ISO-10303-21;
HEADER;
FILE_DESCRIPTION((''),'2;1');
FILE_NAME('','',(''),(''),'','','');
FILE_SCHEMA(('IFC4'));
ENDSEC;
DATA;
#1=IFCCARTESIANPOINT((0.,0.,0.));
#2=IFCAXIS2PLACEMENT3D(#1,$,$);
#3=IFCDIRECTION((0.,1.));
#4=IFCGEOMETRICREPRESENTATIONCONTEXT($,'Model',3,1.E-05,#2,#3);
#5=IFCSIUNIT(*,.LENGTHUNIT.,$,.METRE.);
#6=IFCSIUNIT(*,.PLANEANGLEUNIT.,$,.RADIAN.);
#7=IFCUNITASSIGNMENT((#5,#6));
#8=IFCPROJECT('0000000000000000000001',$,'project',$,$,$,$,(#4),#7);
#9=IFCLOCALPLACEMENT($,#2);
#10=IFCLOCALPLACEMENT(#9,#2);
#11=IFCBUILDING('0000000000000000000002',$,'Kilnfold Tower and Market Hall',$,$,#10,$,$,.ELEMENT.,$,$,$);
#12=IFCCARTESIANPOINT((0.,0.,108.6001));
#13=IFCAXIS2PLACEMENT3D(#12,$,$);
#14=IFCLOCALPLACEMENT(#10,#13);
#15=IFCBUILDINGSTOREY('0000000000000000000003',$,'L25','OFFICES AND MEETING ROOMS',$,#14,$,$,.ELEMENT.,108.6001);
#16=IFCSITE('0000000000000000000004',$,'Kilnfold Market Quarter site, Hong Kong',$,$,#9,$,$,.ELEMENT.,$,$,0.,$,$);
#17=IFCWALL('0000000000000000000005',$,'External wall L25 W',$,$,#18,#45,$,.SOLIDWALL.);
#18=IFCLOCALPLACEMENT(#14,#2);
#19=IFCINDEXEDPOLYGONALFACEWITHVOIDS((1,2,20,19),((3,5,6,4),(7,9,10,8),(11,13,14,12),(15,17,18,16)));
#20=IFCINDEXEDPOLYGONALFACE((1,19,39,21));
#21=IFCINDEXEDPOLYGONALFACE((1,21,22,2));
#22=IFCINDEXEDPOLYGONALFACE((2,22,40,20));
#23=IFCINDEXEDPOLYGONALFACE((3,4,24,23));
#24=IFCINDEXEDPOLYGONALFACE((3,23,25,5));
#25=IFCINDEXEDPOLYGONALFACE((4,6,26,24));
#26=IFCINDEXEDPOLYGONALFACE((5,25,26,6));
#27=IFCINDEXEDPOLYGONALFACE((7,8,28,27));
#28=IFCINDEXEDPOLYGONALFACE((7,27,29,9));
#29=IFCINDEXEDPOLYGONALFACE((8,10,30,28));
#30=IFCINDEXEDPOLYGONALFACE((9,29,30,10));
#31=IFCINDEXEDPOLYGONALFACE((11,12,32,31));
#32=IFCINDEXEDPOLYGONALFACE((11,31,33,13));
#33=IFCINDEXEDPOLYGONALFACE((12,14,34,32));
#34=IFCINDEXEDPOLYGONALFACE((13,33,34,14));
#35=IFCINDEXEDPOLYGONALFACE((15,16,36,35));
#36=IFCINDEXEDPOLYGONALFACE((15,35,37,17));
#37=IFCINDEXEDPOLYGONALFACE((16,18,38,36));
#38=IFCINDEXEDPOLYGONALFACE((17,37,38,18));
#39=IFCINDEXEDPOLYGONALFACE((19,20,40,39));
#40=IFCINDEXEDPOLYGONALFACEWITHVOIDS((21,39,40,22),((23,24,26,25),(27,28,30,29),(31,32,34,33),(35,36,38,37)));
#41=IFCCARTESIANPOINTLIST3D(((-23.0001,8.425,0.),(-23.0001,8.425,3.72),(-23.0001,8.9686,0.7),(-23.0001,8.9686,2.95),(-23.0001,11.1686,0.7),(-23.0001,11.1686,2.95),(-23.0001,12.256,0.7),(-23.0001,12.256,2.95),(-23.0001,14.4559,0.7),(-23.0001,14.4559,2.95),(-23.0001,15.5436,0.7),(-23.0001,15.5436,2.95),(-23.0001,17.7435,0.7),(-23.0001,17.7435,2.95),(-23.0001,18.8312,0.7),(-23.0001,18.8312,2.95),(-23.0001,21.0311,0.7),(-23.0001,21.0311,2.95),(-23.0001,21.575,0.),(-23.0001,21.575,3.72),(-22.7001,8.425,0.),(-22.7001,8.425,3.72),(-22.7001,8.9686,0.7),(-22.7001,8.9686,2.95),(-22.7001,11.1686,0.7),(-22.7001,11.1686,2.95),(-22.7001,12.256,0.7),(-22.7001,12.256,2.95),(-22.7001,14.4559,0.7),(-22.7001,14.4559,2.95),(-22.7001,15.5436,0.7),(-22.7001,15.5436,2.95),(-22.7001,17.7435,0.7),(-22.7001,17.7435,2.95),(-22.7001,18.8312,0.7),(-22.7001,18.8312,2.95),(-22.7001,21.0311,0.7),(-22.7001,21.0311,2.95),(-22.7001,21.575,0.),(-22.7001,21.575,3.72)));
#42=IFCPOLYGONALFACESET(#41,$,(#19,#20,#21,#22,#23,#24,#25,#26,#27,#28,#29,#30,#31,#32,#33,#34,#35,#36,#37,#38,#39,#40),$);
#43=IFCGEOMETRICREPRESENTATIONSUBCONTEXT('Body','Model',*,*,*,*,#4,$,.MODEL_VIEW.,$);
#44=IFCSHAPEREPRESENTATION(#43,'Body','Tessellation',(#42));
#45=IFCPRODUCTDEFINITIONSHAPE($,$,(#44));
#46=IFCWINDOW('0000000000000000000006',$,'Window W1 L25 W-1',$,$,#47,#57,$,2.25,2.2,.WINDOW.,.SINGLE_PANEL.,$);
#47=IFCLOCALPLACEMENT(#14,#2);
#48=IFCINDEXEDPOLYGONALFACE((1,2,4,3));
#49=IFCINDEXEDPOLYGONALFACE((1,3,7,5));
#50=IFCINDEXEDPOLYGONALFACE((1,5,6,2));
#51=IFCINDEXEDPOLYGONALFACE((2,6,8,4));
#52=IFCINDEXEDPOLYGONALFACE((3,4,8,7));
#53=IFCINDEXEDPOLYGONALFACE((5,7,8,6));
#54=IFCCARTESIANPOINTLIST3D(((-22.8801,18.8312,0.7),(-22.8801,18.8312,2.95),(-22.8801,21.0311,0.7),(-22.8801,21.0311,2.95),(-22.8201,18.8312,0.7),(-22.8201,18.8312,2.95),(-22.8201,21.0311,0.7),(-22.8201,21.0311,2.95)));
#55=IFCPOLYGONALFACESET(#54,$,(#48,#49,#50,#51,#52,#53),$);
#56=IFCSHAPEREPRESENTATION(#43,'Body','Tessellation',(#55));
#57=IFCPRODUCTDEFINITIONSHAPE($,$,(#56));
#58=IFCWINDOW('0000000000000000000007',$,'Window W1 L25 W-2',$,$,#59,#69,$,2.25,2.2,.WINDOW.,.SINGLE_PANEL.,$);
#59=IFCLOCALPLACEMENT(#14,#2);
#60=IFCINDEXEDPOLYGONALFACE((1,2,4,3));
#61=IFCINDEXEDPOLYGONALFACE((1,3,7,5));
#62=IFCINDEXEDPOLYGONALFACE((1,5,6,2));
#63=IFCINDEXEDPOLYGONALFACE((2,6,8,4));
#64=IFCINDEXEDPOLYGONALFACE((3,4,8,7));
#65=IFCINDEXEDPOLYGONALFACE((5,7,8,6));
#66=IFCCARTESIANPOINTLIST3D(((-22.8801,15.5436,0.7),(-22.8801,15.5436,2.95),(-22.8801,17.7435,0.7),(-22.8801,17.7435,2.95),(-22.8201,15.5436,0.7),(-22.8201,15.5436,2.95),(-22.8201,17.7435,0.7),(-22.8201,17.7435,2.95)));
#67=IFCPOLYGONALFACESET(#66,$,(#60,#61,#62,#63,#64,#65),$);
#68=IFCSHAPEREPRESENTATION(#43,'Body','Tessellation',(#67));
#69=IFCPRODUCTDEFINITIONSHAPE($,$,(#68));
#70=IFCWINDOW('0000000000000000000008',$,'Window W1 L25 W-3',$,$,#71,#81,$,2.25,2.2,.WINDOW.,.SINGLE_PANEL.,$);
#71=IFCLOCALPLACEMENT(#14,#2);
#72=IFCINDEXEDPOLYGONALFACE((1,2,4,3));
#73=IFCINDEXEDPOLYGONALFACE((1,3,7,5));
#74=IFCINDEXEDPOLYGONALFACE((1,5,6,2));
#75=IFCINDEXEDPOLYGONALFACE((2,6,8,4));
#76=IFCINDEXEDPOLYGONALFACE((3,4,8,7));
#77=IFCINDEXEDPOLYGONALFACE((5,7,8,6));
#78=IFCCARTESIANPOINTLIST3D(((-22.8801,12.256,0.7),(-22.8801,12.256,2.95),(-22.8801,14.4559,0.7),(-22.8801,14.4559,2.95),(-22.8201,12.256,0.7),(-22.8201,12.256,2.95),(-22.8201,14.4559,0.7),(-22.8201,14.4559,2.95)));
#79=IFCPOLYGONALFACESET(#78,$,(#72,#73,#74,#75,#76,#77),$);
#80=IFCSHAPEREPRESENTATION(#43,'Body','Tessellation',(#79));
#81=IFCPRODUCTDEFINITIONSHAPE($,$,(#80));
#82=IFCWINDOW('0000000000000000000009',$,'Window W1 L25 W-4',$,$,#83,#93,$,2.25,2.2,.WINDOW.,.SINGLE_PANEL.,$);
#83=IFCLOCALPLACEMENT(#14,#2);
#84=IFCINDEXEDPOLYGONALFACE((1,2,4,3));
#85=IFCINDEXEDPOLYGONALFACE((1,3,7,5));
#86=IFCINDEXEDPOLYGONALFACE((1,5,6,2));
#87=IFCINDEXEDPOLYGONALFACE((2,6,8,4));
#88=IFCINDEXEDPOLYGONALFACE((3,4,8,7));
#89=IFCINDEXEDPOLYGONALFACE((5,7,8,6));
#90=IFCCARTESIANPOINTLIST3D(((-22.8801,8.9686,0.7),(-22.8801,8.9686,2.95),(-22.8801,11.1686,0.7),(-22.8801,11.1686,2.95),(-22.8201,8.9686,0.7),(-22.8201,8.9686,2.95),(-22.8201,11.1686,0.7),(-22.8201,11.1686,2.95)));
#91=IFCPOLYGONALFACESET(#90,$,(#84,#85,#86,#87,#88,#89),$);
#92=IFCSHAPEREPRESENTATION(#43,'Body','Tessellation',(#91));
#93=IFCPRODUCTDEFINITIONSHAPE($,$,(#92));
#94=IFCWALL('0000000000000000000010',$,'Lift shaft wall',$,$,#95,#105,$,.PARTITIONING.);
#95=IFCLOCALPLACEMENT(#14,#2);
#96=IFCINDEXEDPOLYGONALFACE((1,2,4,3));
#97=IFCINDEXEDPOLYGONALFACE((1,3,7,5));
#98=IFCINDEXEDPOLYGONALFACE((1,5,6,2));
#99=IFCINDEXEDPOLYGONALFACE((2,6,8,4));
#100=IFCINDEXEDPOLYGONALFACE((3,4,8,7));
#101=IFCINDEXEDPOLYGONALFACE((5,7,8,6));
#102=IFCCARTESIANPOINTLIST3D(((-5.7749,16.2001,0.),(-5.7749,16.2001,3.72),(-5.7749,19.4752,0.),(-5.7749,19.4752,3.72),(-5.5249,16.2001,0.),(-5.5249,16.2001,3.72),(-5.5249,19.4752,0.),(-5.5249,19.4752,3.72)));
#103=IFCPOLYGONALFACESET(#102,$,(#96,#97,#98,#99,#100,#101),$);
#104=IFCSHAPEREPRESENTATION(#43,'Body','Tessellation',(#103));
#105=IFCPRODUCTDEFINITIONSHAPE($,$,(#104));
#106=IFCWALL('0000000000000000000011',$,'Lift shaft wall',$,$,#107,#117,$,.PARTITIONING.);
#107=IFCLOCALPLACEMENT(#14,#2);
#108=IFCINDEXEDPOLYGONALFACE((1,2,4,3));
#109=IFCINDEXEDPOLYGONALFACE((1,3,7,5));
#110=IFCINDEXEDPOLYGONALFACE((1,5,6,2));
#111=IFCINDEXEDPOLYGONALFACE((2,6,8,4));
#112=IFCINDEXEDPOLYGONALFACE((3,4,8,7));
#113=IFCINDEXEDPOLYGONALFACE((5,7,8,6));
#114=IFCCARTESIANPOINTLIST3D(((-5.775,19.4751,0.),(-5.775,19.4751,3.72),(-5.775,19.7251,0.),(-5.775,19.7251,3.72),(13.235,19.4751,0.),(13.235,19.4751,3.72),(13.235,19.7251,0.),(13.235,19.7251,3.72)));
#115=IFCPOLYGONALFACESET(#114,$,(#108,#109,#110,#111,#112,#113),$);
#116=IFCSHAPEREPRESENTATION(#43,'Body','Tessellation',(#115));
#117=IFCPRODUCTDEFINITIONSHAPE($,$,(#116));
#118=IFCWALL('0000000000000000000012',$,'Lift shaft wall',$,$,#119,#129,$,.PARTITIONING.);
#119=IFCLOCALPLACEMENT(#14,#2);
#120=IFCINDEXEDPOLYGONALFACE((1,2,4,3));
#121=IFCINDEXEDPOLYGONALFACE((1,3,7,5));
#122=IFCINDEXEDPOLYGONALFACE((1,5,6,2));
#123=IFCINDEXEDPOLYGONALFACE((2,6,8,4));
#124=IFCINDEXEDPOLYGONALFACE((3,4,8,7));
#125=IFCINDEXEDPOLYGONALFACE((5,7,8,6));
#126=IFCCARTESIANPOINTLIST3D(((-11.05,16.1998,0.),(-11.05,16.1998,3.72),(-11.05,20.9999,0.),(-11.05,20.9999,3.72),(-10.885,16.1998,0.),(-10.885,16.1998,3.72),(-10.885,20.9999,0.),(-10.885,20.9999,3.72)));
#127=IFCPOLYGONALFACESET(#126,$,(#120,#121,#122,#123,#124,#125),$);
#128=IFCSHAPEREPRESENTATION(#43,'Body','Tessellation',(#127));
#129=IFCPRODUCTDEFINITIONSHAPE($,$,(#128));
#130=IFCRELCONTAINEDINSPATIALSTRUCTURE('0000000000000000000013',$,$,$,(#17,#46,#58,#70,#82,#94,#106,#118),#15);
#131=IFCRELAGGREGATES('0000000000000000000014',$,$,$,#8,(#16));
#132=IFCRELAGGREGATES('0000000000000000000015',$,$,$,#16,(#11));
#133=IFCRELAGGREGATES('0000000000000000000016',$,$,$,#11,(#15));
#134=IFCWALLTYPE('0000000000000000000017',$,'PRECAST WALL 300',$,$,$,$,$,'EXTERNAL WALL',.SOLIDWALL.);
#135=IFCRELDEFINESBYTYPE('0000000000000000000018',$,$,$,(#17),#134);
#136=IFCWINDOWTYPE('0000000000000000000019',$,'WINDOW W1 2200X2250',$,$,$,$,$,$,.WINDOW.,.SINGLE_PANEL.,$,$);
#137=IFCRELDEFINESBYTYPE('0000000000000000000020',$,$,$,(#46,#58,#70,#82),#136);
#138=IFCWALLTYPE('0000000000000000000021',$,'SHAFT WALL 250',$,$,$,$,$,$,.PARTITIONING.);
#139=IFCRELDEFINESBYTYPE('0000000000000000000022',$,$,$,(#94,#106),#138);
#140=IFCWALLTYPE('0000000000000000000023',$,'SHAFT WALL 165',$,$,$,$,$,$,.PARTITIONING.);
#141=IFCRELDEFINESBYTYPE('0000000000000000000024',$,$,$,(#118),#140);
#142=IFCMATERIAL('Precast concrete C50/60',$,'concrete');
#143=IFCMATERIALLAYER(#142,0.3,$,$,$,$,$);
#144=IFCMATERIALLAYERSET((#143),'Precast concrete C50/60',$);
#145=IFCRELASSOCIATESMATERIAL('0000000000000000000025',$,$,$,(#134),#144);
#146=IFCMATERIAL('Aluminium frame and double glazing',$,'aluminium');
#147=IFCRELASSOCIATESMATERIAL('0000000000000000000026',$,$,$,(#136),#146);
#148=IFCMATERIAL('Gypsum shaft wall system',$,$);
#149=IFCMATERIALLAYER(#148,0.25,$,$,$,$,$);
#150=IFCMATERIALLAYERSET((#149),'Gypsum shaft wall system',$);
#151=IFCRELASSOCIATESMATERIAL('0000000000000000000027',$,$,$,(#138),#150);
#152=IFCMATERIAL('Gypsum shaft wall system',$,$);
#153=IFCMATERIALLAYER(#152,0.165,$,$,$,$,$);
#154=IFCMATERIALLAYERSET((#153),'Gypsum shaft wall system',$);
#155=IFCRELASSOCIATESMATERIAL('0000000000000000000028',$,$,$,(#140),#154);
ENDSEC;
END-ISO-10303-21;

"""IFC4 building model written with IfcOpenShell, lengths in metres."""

from ifc_helpers import new_model, si_unit, direction, frame, frame_2d, origin, place, context, subcontext, project, spatial, rectangle, extrude, source, transform, mapped, material, layer, layer_set, type_object, element, fill, save


model = new_model("IFC4")

# Units and contexts
model_context = context("Model", 3, precision=1e-05, world=origin(), true_north=direction((0.0, 1.0)))
body_context = subcontext(model_context, "Body", "Model", "MODEL_VIEW")
ifc_project = project(units=[si_unit("LENGTHUNIT", "METRE"), si_unit("PLANEANGLEUNIT", "RADIAN")], contexts=[model_context])

# Site, building, storey
site_placement = place(None, origin())
site = spatial("IfcSite", under=ifc_project, at=site_placement, Name="Kilnfold Market Quarter site, Hong Kong", CompositionType="ELEMENT", RefElevation=0.0)
building_placement = place(site_placement, origin())
building = spatial("IfcBuilding", under=site, at=building_placement, Name="Kilnfold Tower and Market Hall", CompositionType="ELEMENT")
storey_placement = place(building_placement, frame((0.0, 0.0, 108.6001)))
storey = spatial("IfcBuildingStorey", under=building, at=storey_placement, Name="L25", Description="OFFICES AND MEETING ROOMS", CompositionType="ELEMENT", Elevation=108.6001)

# Wall, openings, windows
ifc_material_1 = material(Name="Precast concrete C50/60", Category="concrete")
ifc_layer_1 = layer(ifc_material_1, 0.3)
ifc_layer_set_1 = layer_set([ifc_layer_1], Name="Precast concrete C50/60")
wall_type_1 = type_object("IfcWallType", Name="PRECAST WALL 300", ElementType="EXTERNAL WALL", PredefinedType="SOLIDWALL", material=ifc_layer_set_1)
shared_shape_1 = source(origin(), body_context, "Body", "SweptSolid", [
    extrude(rectangle(XDim=13.1499, YDim=0.3, at=frame_2d((6.575, 0.0))), origin(), (0.0, 0.0, 1.0), 3.72),
])
wall_1_placement = place(storey_placement, frame((-22.8501, 21.575, 0.0), z_axis=(0.0, 0.0, 1.0), x_axis=(0.0, -1.0, 0.0)))
wall_1 = element("IfcWall", 1, at=wall_1_placement, inside=storey, type_object=wall_type_1, Name="External wall L25 W", PredefinedType="SOLIDWALL", context=body_context, shape_type="MappedRepresentation", body=[
    mapped(shared_shape_1, transform((0.0, 0.0, 0.0))),
])
opening_1_placement = place(wall_1_placement, frame((0.5437, 0.0, 0.7)))
opening_1 = element("IfcOpeningElement", 2, at=opening_1_placement, cuts=wall_1, PredefinedType="OPENING", context=body_context, shape_type="SweptSolid", body=[
    extrude(rectangle(XDim=2.2, YDim=2.25, at=frame_2d((1.1001, 1.125))), frame((0.0, 0.1602, 0.0), z_axis=(0.0, -1.0, 0.0), x_axis=(1.0, 0.0, 0.0)), (0.0, 0.0, 1.0), 0.3201),
])
opening_2_placement = place(wall_1_placement, frame((3.8313, 0.0, 0.7)))
opening_2 = element("IfcOpeningElement", 3, at=opening_2_placement, cuts=wall_1, PredefinedType="OPENING", context=body_context, shape_type="SweptSolid", body=[
    extrude(rectangle(XDim=2.2, YDim=2.25, at=frame_2d((1.1001, 1.125))), frame((0.0, 0.1602, 0.0), z_axis=(0.0, -1.0, 0.0), x_axis=(1.0, 0.0, 0.0)), (0.0, 0.0, 1.0), 0.3201),
])
opening_3_placement = place(wall_1_placement, frame((7.1189, 0.0, 0.7)))
opening_3 = element("IfcOpeningElement", 4, at=opening_3_placement, cuts=wall_1, PredefinedType="OPENING", context=body_context, shape_type="SweptSolid", body=[
    extrude(rectangle(XDim=2.2, YDim=2.25, at=frame_2d((1.1001, 1.125))), frame((0.0, 0.1602, 0.0), z_axis=(0.0, -1.0, 0.0), x_axis=(1.0, 0.0, 0.0)), (0.0, 0.0, 1.0), 0.3201),
])
opening_4_placement = place(wall_1_placement, frame((10.4062, 0.0, 0.7)))
opening_4 = element("IfcOpeningElement", 5, at=opening_4_placement, cuts=wall_1, PredefinedType="OPENING", context=body_context, shape_type="SweptSolid", body=[
    extrude(rectangle(XDim=2.2, YDim=2.25, at=frame_2d((1.1001, 1.125))), frame((0.0, 0.1602, 0.0), z_axis=(0.0, -1.0, 0.0), x_axis=(1.0, 0.0, 0.0)), (0.0, 0.0, 1.0), 0.3201),
])
ifc_material_2 = material(Name="Aluminium frame and double glazing", Category="aluminium")
window_type = type_object("IfcWindowType", Name="WINDOW W1 2200X2250", PartitioningType="SINGLE_PANEL", PredefinedType="WINDOW", material=ifc_material_2)
window_1_placement = place(opening_1_placement, origin())
window_1 = element("IfcWindow", 6, at=window_1_placement, inside=storey, type_object=window_type, Name="Window W1 L25 W-1", OverallHeight=2.25, OverallWidth=2.2, PartitioningType="SINGLE_PANEL", PredefinedType="WINDOW", context=body_context, shape_type="SweptSolid", body=[
    extrude(rectangle(XDim=2.2, YDim=2.25, at=frame_2d((1.1001, 1.125))), frame((0.0, 0.03, 0.0), z_axis=(0.0, -1.0, 0.0), x_axis=(1.0, 0.0, 0.0)), (0.0, 0.0, 1.0), 0.0601),
])
fill(opening_1, window_1)
window_2_placement = place(opening_2_placement, origin())
window_2 = element("IfcWindow", 7, at=window_2_placement, inside=storey, type_object=window_type, Name="Window W1 L25 W-2", OverallHeight=2.25, OverallWidth=2.2, PartitioningType="SINGLE_PANEL", PredefinedType="WINDOW", context=body_context, shape_type="SweptSolid", body=[
    extrude(rectangle(XDim=2.2, YDim=2.25, at=frame_2d((1.1001, 1.125))), frame((0.0, 0.03, 0.0), z_axis=(0.0, -1.0, 0.0), x_axis=(1.0, 0.0, 0.0)), (0.0, 0.0, 1.0), 0.0601),
])
fill(opening_2, window_2)
window_3_placement = place(opening_3_placement, origin())
window_3 = element("IfcWindow", 8, at=window_3_placement, inside=storey, type_object=window_type, Name="Window W1 L25 W-3", OverallHeight=2.25, OverallWidth=2.2, PartitioningType="SINGLE_PANEL", PredefinedType="WINDOW", context=body_context, shape_type="SweptSolid", body=[
    extrude(rectangle(XDim=2.2, YDim=2.25, at=frame_2d((1.1001, 1.125))), frame((0.0, 0.03, 0.0), z_axis=(0.0, -1.0, 0.0), x_axis=(1.0, 0.0, 0.0)), (0.0, 0.0, 1.0), 0.0601),
])
fill(opening_3, window_3)
window_4_placement = place(opening_4_placement, origin())
window_4 = element("IfcWindow", 9, at=window_4_placement, inside=storey, type_object=window_type, Name="Window W1 L25 W-4", OverallHeight=2.25, OverallWidth=2.2, PartitioningType="SINGLE_PANEL", PredefinedType="WINDOW", context=body_context, shape_type="SweptSolid", body=[
    extrude(rectangle(XDim=2.2, YDim=2.25, at=frame_2d((1.1001, 1.125))), frame((0.0, 0.03, 0.0), z_axis=(0.0, -1.0, 0.0), x_axis=(1.0, 0.0, 0.0)), (0.0, 0.0, 1.0), 0.0601),
])
fill(opening_4, window_4)

# Walls
ifc_material_3 = material(Name="Gypsum shaft wall system")
ifc_layer_2 = layer(ifc_material_3, 0.25)
ifc_layer_set_2 = layer_set([ifc_layer_2], Name="Gypsum shaft wall system")
wall_type_2 = type_object("IfcWallType", Name="SHAFT WALL 250", PredefinedType="PARTITIONING", material=ifc_layer_set_2)
shared_shape_2 = source(origin(), body_context, "Body", "SweptSolid", [
    extrude(rectangle(XDim=3.2751, YDim=0.25, at=frame_2d((1.6377, 0.0))), origin(), (0.0, 0.0, 1.0), 3.72),
])
wall_2_placement = place(storey_placement, frame((-5.6499, 16.2, 0.0), z_axis=(0.0, 0.0, 1.0), x_axis=(0.0, 1.0, 0.0)))
element("IfcWall", 10, at=wall_2_placement, inside=storey, type_object=wall_type_2, Name="Lift shaft wall", PredefinedType="PARTITIONING", context=body_context, shape_type="MappedRepresentation", body=[
    mapped(shared_shape_2, transform((0.0, 0.0, 0.0))),
])
shared_shape_3 = source(origin(), body_context, "Body", "SweptSolid", [
    extrude(rectangle(XDim=19.01, YDim=0.25, at=frame_2d((9.5049, 0.0))), origin(), (0.0, 0.0, 1.0), 3.72),
])
wall_3_placement = place(storey_placement, frame((-5.7749, 19.6001, 0.0), z_axis=(0.0, 0.0, 1.0), x_axis=(1.0, 0.0, 0.0)))
element("IfcWall", 11, at=wall_3_placement, inside=storey, type_object=wall_type_2, Name="Lift shaft wall", PredefinedType="PARTITIONING", context=body_context, shape_type="MappedRepresentation", body=[
    mapped(shared_shape_3, transform((0.0, 0.0, 0.0))),
])
ifc_material_4 = material(Name="Gypsum shaft wall system")
ifc_layer_3 = layer(ifc_material_4, 0.165)
ifc_layer_set_3 = layer_set([ifc_layer_3], Name="Gypsum shaft wall system")
wall_type_3 = type_object("IfcWallType", Name="SHAFT WALL 165", PredefinedType="PARTITIONING", material=ifc_layer_set_3)
shared_shape_4 = source(origin(), body_context, "Body", "SweptSolid", [
    extrude(rectangle(XDim=4.8, YDim=0.165, at=frame_2d((2.3999, 0.0))), origin(), (0.0, 0.0, 1.0), 3.72),
])
wall_4_placement = place(storey_placement, frame((-10.9675, 16.2, 0.0), z_axis=(0.0, 0.0, 1.0), x_axis=(0.0, 1.0, 0.0)))
element("IfcWall", 12, at=wall_4_placement, inside=storey, type_object=wall_type_3, Name="Lift shaft wall", PredefinedType="PARTITIONING", context=body_context, shape_type="MappedRepresentation", body=[
    mapped(shared_shape_4, transform((0.0, 0.0, 0.0))),
])

save(model, "model.ifc")
